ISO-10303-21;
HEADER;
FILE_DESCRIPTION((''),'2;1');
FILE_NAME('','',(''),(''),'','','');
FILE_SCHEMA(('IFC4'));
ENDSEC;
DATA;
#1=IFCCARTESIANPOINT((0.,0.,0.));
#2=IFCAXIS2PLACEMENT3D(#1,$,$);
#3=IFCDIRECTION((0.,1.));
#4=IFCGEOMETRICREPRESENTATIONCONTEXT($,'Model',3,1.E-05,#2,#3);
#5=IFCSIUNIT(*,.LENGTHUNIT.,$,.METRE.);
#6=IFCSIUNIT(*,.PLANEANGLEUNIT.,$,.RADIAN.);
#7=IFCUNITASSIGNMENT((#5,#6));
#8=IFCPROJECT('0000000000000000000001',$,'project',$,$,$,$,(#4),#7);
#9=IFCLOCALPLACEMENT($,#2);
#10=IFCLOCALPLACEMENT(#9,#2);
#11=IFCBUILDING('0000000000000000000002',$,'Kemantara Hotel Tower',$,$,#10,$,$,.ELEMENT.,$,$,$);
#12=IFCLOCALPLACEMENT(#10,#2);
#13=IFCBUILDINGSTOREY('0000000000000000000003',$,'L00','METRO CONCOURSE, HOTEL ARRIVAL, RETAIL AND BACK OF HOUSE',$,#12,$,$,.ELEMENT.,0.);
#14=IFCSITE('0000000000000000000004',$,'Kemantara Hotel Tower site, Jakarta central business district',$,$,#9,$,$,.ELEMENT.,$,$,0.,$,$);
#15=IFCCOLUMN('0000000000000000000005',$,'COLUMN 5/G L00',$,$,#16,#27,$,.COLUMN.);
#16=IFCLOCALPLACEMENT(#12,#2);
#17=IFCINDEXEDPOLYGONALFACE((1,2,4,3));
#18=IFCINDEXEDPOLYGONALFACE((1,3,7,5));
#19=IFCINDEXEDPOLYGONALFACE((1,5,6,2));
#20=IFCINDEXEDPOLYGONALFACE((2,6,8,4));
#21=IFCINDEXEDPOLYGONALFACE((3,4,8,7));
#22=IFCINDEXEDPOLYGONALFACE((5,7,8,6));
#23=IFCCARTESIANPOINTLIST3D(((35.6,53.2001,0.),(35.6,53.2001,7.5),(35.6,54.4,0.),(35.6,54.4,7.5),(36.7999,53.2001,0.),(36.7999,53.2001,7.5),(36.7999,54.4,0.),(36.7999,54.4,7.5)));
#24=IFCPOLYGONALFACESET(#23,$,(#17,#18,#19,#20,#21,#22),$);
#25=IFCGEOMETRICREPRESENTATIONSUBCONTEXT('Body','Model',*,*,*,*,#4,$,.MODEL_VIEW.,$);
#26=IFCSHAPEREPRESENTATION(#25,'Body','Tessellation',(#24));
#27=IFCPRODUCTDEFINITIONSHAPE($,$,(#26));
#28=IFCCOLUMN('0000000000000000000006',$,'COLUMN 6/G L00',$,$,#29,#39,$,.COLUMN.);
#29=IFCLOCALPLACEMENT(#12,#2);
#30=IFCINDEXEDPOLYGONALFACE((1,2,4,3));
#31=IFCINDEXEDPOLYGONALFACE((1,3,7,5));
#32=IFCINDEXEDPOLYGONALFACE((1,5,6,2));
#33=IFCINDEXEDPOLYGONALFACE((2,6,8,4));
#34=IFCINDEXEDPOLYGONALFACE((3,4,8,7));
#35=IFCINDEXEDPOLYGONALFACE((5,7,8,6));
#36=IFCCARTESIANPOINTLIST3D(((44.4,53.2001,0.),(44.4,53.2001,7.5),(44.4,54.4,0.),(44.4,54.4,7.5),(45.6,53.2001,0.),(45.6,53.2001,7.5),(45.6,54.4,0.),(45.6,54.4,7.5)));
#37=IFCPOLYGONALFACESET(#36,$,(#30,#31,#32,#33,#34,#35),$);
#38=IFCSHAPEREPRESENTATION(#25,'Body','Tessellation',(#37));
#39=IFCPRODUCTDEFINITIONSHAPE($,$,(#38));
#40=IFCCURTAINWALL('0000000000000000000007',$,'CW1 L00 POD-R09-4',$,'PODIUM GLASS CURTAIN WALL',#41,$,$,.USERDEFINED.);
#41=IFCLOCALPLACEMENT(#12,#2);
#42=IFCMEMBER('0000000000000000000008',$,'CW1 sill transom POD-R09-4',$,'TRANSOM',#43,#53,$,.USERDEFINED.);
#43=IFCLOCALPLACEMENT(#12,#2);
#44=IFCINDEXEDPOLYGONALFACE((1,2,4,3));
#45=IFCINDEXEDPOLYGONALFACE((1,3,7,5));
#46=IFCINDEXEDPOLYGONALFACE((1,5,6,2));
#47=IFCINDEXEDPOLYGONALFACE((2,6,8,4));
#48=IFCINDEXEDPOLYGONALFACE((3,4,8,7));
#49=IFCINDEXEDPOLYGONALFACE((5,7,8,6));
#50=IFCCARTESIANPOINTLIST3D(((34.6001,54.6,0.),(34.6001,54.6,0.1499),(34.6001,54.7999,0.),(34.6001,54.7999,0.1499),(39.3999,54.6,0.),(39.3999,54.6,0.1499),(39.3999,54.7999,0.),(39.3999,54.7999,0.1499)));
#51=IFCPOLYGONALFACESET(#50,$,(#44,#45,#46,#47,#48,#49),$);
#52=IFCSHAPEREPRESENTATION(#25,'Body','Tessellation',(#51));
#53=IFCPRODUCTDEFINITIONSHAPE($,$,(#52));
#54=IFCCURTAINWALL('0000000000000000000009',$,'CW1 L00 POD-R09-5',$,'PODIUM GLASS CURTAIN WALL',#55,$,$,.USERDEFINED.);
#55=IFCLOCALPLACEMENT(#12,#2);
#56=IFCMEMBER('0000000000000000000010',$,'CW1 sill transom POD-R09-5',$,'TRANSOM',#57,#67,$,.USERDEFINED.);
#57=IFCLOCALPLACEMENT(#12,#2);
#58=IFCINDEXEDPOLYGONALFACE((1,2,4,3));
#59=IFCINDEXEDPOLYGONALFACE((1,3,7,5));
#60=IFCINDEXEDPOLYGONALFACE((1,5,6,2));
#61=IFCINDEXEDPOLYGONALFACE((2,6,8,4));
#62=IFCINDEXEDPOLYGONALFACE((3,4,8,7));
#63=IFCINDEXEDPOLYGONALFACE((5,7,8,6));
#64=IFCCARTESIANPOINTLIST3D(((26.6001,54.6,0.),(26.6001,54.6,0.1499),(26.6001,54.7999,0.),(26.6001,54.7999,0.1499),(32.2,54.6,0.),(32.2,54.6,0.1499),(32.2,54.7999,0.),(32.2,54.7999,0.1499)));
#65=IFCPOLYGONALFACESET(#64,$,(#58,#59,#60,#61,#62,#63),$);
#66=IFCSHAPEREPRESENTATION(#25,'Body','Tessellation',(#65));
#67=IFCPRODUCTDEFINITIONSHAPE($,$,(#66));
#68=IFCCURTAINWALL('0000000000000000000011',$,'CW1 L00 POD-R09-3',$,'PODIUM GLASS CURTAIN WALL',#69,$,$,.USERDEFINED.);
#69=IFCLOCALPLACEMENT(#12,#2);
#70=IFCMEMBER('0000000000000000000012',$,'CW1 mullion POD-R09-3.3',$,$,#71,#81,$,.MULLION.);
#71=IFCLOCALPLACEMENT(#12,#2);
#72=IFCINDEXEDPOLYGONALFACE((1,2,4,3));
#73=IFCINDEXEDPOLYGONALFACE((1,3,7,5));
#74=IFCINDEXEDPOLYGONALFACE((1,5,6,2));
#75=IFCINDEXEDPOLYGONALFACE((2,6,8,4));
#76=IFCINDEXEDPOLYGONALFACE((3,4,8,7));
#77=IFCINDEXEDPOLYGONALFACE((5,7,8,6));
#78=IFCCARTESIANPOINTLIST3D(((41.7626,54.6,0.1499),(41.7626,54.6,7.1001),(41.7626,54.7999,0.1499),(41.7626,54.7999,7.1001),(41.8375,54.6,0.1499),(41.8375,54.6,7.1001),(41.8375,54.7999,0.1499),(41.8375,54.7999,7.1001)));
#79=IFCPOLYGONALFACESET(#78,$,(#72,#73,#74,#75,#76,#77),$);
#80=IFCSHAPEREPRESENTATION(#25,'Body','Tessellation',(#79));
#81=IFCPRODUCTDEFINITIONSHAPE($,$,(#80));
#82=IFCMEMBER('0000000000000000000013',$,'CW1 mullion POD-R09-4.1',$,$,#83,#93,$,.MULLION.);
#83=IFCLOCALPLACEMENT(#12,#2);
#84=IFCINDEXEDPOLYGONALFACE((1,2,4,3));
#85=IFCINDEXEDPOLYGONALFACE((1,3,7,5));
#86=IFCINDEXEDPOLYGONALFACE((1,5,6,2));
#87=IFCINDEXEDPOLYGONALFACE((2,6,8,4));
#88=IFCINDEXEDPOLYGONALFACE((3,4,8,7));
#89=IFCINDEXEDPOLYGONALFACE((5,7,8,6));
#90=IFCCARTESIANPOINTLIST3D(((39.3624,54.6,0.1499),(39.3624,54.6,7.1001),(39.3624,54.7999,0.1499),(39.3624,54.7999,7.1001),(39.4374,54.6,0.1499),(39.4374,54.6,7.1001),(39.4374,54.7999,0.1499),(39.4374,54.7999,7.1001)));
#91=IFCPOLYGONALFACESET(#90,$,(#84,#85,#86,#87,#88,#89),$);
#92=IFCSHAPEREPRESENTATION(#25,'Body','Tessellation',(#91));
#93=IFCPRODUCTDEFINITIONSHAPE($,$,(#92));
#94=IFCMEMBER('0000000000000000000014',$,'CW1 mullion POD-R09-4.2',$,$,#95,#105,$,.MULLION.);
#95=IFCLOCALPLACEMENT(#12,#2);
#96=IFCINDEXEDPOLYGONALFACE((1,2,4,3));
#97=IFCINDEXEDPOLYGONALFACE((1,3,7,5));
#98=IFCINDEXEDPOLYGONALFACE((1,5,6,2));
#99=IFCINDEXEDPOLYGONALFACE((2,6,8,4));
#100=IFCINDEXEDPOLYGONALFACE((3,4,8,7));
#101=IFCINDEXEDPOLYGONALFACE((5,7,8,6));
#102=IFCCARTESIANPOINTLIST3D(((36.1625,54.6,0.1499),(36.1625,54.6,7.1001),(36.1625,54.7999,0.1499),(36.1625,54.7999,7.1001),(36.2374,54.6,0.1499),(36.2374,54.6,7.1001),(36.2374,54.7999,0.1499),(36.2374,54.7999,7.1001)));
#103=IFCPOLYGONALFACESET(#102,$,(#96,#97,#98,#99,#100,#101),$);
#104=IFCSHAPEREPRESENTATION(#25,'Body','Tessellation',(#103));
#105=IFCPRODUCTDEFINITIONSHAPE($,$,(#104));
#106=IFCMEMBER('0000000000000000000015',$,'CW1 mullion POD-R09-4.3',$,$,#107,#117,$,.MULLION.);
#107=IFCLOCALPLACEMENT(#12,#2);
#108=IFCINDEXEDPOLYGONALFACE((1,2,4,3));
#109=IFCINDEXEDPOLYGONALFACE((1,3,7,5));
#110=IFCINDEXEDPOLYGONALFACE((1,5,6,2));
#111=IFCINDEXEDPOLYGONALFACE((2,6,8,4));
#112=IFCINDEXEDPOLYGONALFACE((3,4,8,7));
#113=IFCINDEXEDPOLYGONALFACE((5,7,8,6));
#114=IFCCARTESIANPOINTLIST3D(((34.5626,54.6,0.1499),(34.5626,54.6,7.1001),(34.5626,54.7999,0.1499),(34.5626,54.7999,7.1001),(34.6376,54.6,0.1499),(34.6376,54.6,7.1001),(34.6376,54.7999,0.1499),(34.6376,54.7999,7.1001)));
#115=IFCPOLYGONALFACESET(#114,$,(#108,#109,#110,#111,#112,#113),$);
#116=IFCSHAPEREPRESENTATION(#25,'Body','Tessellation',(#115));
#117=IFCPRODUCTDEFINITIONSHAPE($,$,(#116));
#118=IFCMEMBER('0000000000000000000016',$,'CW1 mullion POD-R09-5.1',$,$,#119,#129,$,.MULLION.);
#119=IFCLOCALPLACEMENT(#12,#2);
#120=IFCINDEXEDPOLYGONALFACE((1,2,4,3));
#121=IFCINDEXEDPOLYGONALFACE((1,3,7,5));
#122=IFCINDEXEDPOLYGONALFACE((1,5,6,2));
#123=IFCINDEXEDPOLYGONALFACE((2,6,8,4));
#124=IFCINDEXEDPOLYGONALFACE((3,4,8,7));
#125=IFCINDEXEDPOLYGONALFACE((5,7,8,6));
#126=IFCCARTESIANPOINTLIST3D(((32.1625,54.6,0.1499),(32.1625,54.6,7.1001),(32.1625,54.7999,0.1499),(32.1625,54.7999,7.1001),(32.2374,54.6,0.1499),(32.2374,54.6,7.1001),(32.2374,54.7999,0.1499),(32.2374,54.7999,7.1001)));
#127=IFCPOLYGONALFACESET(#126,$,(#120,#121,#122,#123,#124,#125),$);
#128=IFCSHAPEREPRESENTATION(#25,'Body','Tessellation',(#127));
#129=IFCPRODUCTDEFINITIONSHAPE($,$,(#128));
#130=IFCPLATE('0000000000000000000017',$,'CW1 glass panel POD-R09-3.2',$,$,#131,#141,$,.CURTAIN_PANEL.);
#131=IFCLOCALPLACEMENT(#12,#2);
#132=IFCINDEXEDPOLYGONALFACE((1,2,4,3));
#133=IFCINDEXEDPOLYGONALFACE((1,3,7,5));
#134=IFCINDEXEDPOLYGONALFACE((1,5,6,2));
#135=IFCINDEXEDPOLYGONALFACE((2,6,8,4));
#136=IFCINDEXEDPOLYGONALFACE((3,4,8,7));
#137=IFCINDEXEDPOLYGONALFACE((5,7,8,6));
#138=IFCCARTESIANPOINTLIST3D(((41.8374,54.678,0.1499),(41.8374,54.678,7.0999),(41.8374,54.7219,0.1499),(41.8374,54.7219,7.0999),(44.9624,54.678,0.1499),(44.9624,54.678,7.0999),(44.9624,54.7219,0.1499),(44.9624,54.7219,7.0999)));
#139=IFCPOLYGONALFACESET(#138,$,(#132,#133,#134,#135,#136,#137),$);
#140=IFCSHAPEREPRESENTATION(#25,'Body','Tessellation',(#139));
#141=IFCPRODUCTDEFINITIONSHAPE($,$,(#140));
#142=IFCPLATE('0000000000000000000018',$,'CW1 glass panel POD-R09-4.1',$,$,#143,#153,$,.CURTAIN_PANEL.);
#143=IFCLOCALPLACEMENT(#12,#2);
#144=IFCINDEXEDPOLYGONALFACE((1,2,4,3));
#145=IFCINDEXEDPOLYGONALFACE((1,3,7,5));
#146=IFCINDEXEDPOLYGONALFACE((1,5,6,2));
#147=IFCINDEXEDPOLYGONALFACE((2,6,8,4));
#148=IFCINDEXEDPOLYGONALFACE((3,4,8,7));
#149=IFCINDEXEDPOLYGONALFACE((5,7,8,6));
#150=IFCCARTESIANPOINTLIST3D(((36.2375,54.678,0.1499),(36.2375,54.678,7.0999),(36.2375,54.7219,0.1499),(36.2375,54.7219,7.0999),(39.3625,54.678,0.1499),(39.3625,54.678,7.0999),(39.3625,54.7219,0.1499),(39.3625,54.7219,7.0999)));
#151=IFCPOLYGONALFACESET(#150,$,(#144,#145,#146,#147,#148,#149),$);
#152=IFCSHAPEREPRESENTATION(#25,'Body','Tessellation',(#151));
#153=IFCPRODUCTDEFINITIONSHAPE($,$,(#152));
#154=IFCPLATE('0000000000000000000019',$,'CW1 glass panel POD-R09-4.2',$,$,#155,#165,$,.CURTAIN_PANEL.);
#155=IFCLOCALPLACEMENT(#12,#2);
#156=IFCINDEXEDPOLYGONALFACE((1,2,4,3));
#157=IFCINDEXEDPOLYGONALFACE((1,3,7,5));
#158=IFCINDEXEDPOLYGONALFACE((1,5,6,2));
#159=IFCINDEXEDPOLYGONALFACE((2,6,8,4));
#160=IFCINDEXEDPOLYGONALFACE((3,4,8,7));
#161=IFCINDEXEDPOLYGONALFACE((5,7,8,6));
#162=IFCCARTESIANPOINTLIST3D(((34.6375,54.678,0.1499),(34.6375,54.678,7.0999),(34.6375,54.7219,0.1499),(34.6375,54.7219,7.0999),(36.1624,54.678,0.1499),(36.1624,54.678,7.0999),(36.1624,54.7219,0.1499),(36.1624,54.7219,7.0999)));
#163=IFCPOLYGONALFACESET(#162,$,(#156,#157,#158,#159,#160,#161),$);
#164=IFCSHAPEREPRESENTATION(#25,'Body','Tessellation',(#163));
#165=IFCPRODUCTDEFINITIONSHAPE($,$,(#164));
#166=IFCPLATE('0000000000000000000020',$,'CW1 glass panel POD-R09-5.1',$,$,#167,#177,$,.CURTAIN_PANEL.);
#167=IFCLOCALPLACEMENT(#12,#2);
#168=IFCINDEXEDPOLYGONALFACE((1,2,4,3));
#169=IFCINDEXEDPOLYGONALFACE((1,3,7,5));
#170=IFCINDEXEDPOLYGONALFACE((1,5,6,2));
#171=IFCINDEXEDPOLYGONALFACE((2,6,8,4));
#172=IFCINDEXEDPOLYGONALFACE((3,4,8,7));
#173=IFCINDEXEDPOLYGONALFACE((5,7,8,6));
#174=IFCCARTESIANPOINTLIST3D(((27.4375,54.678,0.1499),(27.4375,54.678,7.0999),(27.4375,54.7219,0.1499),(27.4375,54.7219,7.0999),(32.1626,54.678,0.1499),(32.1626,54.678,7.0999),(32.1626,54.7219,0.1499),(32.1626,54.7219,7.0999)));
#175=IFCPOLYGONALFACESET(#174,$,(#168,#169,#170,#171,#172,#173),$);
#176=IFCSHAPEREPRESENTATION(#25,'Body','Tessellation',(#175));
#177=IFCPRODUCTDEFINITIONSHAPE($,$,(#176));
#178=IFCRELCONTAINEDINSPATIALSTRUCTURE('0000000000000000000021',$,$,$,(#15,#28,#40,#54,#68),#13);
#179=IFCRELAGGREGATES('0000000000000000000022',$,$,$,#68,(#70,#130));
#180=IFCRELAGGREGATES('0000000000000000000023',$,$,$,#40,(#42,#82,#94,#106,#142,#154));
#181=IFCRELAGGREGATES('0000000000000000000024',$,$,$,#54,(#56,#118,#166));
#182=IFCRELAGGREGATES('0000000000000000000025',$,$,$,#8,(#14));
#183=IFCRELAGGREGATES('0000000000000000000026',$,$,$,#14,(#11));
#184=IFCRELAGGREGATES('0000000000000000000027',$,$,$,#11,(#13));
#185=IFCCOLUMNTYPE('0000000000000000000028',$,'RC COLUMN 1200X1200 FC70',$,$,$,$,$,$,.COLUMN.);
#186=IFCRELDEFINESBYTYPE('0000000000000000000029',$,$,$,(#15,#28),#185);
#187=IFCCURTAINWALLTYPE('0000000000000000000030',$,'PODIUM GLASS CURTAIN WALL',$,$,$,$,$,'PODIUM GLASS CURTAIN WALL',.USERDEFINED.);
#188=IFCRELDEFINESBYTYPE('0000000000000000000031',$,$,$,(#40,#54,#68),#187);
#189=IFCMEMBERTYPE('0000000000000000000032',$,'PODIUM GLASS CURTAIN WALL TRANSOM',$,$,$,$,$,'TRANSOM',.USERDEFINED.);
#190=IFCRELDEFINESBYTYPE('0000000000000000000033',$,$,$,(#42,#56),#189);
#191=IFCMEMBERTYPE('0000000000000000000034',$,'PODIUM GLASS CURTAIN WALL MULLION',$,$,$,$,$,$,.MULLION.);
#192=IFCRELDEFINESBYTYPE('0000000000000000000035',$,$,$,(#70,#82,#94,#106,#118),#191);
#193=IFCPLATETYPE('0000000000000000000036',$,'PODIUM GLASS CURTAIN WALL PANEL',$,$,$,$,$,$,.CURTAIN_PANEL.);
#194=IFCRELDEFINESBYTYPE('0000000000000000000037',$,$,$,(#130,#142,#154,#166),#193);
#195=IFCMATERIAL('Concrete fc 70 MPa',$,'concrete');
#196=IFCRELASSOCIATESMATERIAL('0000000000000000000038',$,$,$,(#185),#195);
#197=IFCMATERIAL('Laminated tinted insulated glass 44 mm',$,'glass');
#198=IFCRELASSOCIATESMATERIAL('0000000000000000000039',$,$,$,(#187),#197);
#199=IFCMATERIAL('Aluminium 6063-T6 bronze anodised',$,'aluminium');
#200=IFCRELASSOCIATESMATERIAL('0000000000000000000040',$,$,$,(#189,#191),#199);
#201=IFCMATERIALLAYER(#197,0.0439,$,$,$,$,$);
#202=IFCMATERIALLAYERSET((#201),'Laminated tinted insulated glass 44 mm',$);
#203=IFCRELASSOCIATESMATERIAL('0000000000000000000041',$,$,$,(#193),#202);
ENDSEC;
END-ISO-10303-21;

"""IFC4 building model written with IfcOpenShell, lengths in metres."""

from ifc_helpers import new_model, si_unit, direction, frame, origin, origin_2d, place, context, subcontext, project, spatial, rectangle, extrude, source, transform, mapped, material, layer, layer_set, material_profile, profile_set, type_object, element, aggregate, save


model = new_model("IFC4")

# Units and contexts
model_context = context("Model", 3, precision=1e-05, world=origin(), true_north=direction((0.0, 1.0)))
body_context = subcontext(model_context, "Body", "Model", "MODEL_VIEW")
ifc_project = project(units=[si_unit("LENGTHUNIT", "METRE"), si_unit("PLANEANGLEUNIT", "RADIAN")], contexts=[model_context])

# Site, building, storey
site_placement = place(None, origin())
site = spatial("IfcSite", under=ifc_project, at=site_placement, Name="Kemantara Hotel Tower site, Jakarta central business district", CompositionType="ELEMENT", RefElevation=0.0)
building_placement = place(site_placement, origin())
building = spatial("IfcBuilding", under=site, at=building_placement, Name="Kemantara Hotel Tower", CompositionType="ELEMENT")
storey_placement = place(building_placement, origin())
storey = spatial("IfcBuildingStorey", under=building, at=storey_placement, Name="L00", Description="METRO CONCOURSE, HOTEL ARRIVAL, RETAIL AND BACK OF HOUSE", CompositionType="ELEMENT", Elevation=0.0)

# Columns
ifc_material_1 = material(Name="Concrete fc 70 MPa", Category="concrete")
ifc_material_profile_1 = material_profile(ifc_material_1, rectangle(XDim=1.2, YDim=1.2, at=origin_2d()), Name="RC 1200X1200")
ifc_profile_set_1 = profile_set([ifc_material_profile_1], Name="Concrete fc 70 MPa")
column_type = type_object("IfcColumnType", Name="RC COLUMN 1200X1200 FC70", PredefinedType="COLUMN", material=ifc_profile_set_1)
for number, where, z_axis, x_axis, name in (
    (1, (36.2, 53.8, 0.0), (0.0, 0.0, 1.0), (1.0, 0.0, 0.0), "COLUMN 5/G L00"),
    (2, (45.0, 53.8, 0.0), (0.0, 0.0, 1.0), (1.0, 0.0, 0.0), "COLUMN 6/G L00"),
):
    element("IfcColumn", number, at=place(storey_placement, frame(where, z_axis=z_axis, x_axis=x_axis)), inside=storey, type_object=column_type, Name=name, PredefinedType="COLUMN", context=body_context, shape_type="SweptSolid", body=[
        extrude(rectangle(XDim=1.2, YDim=1.2, at=origin_2d()), origin(), (0.0, 0.0, 1.0), 7.5),
    ])

# Curtain walls, members
ifc_material_2 = material(Name="Laminated tinted insulated glass 44 mm", Category="glass")
curtain_wall_type = type_object("IfcCurtainWallType", Name="PODIUM GLASS CURTAIN WALL", ElementType="PODIUM GLASS CURTAIN WALL", PredefinedType="USERDEFINED", material=ifc_material_2)
curtain_wall_1_placement = place(storey_placement, origin())
curtain_wall_1 = element("IfcCurtainWall", 3, at=curtain_wall_1_placement, inside=storey, type_object=curtain_wall_type, Name="CW1 L00 POD-R09-4", ObjectType="PODIUM GLASS CURTAIN WALL", PredefinedType="USERDEFINED")
ifc_material_3 = material(Name="Aluminium 6063-T6 bronze anodised", Category="aluminium")
ifc_material_profile_2 = material_profile(ifc_material_3, rectangle(XDim=0.2, YDim=0.1499, at=origin_2d()), Name="PODIUM GLASS CURTAIN WALL TRANSOM")
ifc_profile_set_2 = profile_set([ifc_material_profile_2], Name="Aluminium 6063-T6 bronze anodised")
member_type_1 = type_object("IfcMemberType", Name="PODIUM GLASS CURTAIN WALL TRANSOM", ElementType="TRANSOM", PredefinedType="USERDEFINED", material=ifc_profile_set_2)
member_1_placement = place(storey_placement, frame((39.3999, 54.7, 0.075), z_axis=(-1.0, 0.0, 0.0), x_axis=(0.0, -1.0, 0.0)))
member_1 = element("IfcMember", 4, at=member_1_placement, type_object=member_type_1, Name="CW1 sill transom POD-R09-4", ObjectType="TRANSOM", PredefinedType="USERDEFINED", context=body_context, shape_type="SweptSolid", body=[
    extrude(rectangle(XDim=0.2, YDim=0.1499, at=origin_2d()), origin(), (0.0, 0.0, 1.0), 4.7998),
])
curtain_wall_2_placement = place(storey_placement, origin())
curtain_wall_2 = element("IfcCurtainWall", 5, at=curtain_wall_2_placement, inside=storey, type_object=curtain_wall_type, Name="CW1 L00 POD-R09-5", ObjectType="PODIUM GLASS CURTAIN WALL", PredefinedType="USERDEFINED")
member_2_placement = place(storey_placement, frame((32.2, 54.7, 0.075), z_axis=(-1.0, 0.0, 0.0), x_axis=(0.0, -1.0, 0.0)))
member_2 = element("IfcMember", 6, at=member_2_placement, type_object=member_type_1, Name="CW1 sill transom POD-R09-5", ObjectType="TRANSOM", PredefinedType="USERDEFINED", context=body_context, shape_type="SweptSolid", body=[
    extrude(rectangle(XDim=0.2, YDim=0.1499, at=origin_2d()), origin(), (0.0, 0.0, 1.0), 5.5999),
])
curtain_wall_3_placement = place(storey_placement, origin())
curtain_wall_3 = element("IfcCurtainWall", 7, at=curtain_wall_3_placement, inside=storey, type_object=curtain_wall_type, Name="CW1 L00 POD-R09-3", ObjectType="PODIUM GLASS CURTAIN WALL", PredefinedType="USERDEFINED")
ifc_material_profile_3 = material_profile(ifc_material_3, rectangle(XDim=0.2, YDim=0.075, at=origin_2d()), Name="PODIUM GLASS CURTAIN WALL MULLION")
ifc_profile_set_3 = profile_set([ifc_material_profile_3], Name="Aluminium 6063-T6 bronze anodised")
member_type_2 = type_object("IfcMemberType", Name="PODIUM GLASS CURTAIN WALL MULLION", PredefinedType="MULLION", material=ifc_profile_set_3)
shared_shape_1 = source(origin(), body_context, "Body", "SweptSolid", [
    extrude(rectangle(XDim=0.2, YDim=0.075, at=origin_2d()), origin(), (0.0, 0.0, 1.0), 6.9502),
])
member_3_placement = place(storey_placement, frame((41.8, 54.7, 0.1499), z_axis=(0.0, 0.0, 1.0), x_axis=(0.0, -1.0, 0.0)))
member_3 = element("IfcMember", 8, at=member_3_placement, type_object=member_type_2, Name="CW1 mullion POD-R09-3.3", PredefinedType="MULLION", context=body_context, shape_type="MappedRepresentation", body=[
    mapped(shared_shape_1, transform((0.0, 0.0, 0.0))),
])

# Members
member_4_placement = place(storey_placement, frame((39.3999, 54.7, 0.1499), z_axis=(0.0, 0.0, 1.0), x_axis=(0.0, -1.0, 0.0)))
member_4 = element("IfcMember", 9, at=member_4_placement, type_object=member_type_2, Name="CW1 mullion POD-R09-4.1", PredefinedType="MULLION", context=body_context, shape_type="MappedRepresentation", body=[
    mapped(shared_shape_1, transform((0.0, 0.0, 0.0))),
])
member_5_placement = place(storey_placement, frame((36.2, 54.7, 0.1499), z_axis=(0.0, 0.0, 1.0), x_axis=(0.0, -1.0, 0.0)))
member_5 = element("IfcMember", 10, at=member_5_placement, type_object=member_type_2, Name="CW1 mullion POD-R09-4.2", PredefinedType="MULLION", context=body_context, shape_type="MappedRepresentation", body=[
    mapped(shared_shape_1, transform((0.0, 0.0, 0.0))),
])
member_6_placement = place(storey_placement, frame((34.6001, 54.7, 0.1499), z_axis=(0.0, 0.0, 1.0), x_axis=(0.0, -1.0, 0.0)))
member_6 = element("IfcMember", 11, at=member_6_placement, type_object=member_type_2, Name="CW1 mullion POD-R09-4.3", PredefinedType="MULLION", context=body_context, shape_type="MappedRepresentation", body=[
    mapped(shared_shape_1, transform((0.0, 0.0, 0.0))),
])
member_7_placement = place(storey_placement, frame((32.2, 54.7, 0.1499), z_axis=(0.0, 0.0, 1.0), x_axis=(0.0, -1.0, 0.0)))
member_7 = element("IfcMember", 12, at=member_7_placement, type_object=member_type_2, Name="CW1 mullion POD-R09-5.1", PredefinedType="MULLION", context=body_context, shape_type="MappedRepresentation", body=[
    mapped(shared_shape_1, transform((0.0, 0.0, 0.0))),
])

# Plates
ifc_layer_1 = layer(ifc_material_2, 0.0439)
ifc_layer_set_1 = layer_set([ifc_layer_1], Name="Laminated tinted insulated glass 44 mm")
plate_type = type_object("IfcPlateType", Name="PODIUM GLASS CURTAIN WALL PANEL", PredefinedType="CURTAIN_PANEL", material=ifc_layer_set_1)
shared_shape_2 = source(origin(), body_context, "Body", "SweptSolid", [
    extrude(rectangle(XDim=3.125, YDim=0.0439, at=origin_2d()), origin(), (0.0, 0.0, 1.0), 6.95),
])
plate_1_placement = place(storey_placement, frame((43.3999, 54.7, 0.1499), z_axis=(0.0, 0.0, 1.0), x_axis=(-1.0, 0.0, 0.0)))
plate_1 = element("IfcPlate", 13, at=plate_1_placement, type_object=plate_type, Name="CW1 glass panel POD-R09-3.2", PredefinedType="CURTAIN_PANEL", context=body_context, shape_type="MappedRepresentation", body=[
    mapped(shared_shape_2, transform((0.0, 0.0, 0.0))),
])
aggregate(curtain_wall_3, [member_3, plate_1])
plate_2_placement = place(storey_placement, frame((37.8, 54.7, 0.1499), z_axis=(0.0, 0.0, 1.0), x_axis=(-1.0, 0.0, 0.0)))
plate_2 = element("IfcPlate", 14, at=plate_2_placement, type_object=plate_type, Name="CW1 glass panel POD-R09-4.1", PredefinedType="CURTAIN_PANEL", context=body_context, shape_type="MappedRepresentation", body=[
    mapped(shared_shape_2, transform((0.0, 0.0, 0.0))),
])
shared_shape_3 = source(origin(), body_context, "Body", "SweptSolid", [
    extrude(rectangle(XDim=1.5249, YDim=0.0439, at=origin_2d()), origin(), (0.0, 0.0, 1.0), 6.95),
])
plate_3_placement = place(storey_placement, frame((35.3999, 54.7, 0.1499), z_axis=(0.0, 0.0, 1.0), x_axis=(-1.0, 0.0, 0.0)))
plate_3 = element("IfcPlate", 15, at=plate_3_placement, type_object=plate_type, Name="CW1 glass panel POD-R09-4.2", PredefinedType="CURTAIN_PANEL", context=body_context, shape_type="MappedRepresentation", body=[
    mapped(shared_shape_3, transform((0.0, 0.0, 0.0))),
])
aggregate(curtain_wall_1, [member_1, member_4, member_5, member_6, plate_2, plate_3])
shared_shape_4 = source(origin(), body_context, "Body", "SweptSolid", [
    extrude(rectangle(XDim=4.7251, YDim=0.0439, at=origin_2d()), origin(), (0.0, 0.0, 1.0), 6.95),
])
plate_4_placement = place(storey_placement, frame((29.8, 54.7, 0.1499), z_axis=(0.0, 0.0, 1.0), x_axis=(-1.0, 0.0, 0.0)))
plate_4 = element("IfcPlate", 16, at=plate_4_placement, type_object=plate_type, Name="CW1 glass panel POD-R09-5.1", PredefinedType="CURTAIN_PANEL", context=body_context, shape_type="MappedRepresentation", body=[
    mapped(shared_shape_4, transform((0.0, 0.0, 0.0))),
])
aggregate(curtain_wall_2, [member_2, member_7, plate_4])

save(model, "model.ifc")
